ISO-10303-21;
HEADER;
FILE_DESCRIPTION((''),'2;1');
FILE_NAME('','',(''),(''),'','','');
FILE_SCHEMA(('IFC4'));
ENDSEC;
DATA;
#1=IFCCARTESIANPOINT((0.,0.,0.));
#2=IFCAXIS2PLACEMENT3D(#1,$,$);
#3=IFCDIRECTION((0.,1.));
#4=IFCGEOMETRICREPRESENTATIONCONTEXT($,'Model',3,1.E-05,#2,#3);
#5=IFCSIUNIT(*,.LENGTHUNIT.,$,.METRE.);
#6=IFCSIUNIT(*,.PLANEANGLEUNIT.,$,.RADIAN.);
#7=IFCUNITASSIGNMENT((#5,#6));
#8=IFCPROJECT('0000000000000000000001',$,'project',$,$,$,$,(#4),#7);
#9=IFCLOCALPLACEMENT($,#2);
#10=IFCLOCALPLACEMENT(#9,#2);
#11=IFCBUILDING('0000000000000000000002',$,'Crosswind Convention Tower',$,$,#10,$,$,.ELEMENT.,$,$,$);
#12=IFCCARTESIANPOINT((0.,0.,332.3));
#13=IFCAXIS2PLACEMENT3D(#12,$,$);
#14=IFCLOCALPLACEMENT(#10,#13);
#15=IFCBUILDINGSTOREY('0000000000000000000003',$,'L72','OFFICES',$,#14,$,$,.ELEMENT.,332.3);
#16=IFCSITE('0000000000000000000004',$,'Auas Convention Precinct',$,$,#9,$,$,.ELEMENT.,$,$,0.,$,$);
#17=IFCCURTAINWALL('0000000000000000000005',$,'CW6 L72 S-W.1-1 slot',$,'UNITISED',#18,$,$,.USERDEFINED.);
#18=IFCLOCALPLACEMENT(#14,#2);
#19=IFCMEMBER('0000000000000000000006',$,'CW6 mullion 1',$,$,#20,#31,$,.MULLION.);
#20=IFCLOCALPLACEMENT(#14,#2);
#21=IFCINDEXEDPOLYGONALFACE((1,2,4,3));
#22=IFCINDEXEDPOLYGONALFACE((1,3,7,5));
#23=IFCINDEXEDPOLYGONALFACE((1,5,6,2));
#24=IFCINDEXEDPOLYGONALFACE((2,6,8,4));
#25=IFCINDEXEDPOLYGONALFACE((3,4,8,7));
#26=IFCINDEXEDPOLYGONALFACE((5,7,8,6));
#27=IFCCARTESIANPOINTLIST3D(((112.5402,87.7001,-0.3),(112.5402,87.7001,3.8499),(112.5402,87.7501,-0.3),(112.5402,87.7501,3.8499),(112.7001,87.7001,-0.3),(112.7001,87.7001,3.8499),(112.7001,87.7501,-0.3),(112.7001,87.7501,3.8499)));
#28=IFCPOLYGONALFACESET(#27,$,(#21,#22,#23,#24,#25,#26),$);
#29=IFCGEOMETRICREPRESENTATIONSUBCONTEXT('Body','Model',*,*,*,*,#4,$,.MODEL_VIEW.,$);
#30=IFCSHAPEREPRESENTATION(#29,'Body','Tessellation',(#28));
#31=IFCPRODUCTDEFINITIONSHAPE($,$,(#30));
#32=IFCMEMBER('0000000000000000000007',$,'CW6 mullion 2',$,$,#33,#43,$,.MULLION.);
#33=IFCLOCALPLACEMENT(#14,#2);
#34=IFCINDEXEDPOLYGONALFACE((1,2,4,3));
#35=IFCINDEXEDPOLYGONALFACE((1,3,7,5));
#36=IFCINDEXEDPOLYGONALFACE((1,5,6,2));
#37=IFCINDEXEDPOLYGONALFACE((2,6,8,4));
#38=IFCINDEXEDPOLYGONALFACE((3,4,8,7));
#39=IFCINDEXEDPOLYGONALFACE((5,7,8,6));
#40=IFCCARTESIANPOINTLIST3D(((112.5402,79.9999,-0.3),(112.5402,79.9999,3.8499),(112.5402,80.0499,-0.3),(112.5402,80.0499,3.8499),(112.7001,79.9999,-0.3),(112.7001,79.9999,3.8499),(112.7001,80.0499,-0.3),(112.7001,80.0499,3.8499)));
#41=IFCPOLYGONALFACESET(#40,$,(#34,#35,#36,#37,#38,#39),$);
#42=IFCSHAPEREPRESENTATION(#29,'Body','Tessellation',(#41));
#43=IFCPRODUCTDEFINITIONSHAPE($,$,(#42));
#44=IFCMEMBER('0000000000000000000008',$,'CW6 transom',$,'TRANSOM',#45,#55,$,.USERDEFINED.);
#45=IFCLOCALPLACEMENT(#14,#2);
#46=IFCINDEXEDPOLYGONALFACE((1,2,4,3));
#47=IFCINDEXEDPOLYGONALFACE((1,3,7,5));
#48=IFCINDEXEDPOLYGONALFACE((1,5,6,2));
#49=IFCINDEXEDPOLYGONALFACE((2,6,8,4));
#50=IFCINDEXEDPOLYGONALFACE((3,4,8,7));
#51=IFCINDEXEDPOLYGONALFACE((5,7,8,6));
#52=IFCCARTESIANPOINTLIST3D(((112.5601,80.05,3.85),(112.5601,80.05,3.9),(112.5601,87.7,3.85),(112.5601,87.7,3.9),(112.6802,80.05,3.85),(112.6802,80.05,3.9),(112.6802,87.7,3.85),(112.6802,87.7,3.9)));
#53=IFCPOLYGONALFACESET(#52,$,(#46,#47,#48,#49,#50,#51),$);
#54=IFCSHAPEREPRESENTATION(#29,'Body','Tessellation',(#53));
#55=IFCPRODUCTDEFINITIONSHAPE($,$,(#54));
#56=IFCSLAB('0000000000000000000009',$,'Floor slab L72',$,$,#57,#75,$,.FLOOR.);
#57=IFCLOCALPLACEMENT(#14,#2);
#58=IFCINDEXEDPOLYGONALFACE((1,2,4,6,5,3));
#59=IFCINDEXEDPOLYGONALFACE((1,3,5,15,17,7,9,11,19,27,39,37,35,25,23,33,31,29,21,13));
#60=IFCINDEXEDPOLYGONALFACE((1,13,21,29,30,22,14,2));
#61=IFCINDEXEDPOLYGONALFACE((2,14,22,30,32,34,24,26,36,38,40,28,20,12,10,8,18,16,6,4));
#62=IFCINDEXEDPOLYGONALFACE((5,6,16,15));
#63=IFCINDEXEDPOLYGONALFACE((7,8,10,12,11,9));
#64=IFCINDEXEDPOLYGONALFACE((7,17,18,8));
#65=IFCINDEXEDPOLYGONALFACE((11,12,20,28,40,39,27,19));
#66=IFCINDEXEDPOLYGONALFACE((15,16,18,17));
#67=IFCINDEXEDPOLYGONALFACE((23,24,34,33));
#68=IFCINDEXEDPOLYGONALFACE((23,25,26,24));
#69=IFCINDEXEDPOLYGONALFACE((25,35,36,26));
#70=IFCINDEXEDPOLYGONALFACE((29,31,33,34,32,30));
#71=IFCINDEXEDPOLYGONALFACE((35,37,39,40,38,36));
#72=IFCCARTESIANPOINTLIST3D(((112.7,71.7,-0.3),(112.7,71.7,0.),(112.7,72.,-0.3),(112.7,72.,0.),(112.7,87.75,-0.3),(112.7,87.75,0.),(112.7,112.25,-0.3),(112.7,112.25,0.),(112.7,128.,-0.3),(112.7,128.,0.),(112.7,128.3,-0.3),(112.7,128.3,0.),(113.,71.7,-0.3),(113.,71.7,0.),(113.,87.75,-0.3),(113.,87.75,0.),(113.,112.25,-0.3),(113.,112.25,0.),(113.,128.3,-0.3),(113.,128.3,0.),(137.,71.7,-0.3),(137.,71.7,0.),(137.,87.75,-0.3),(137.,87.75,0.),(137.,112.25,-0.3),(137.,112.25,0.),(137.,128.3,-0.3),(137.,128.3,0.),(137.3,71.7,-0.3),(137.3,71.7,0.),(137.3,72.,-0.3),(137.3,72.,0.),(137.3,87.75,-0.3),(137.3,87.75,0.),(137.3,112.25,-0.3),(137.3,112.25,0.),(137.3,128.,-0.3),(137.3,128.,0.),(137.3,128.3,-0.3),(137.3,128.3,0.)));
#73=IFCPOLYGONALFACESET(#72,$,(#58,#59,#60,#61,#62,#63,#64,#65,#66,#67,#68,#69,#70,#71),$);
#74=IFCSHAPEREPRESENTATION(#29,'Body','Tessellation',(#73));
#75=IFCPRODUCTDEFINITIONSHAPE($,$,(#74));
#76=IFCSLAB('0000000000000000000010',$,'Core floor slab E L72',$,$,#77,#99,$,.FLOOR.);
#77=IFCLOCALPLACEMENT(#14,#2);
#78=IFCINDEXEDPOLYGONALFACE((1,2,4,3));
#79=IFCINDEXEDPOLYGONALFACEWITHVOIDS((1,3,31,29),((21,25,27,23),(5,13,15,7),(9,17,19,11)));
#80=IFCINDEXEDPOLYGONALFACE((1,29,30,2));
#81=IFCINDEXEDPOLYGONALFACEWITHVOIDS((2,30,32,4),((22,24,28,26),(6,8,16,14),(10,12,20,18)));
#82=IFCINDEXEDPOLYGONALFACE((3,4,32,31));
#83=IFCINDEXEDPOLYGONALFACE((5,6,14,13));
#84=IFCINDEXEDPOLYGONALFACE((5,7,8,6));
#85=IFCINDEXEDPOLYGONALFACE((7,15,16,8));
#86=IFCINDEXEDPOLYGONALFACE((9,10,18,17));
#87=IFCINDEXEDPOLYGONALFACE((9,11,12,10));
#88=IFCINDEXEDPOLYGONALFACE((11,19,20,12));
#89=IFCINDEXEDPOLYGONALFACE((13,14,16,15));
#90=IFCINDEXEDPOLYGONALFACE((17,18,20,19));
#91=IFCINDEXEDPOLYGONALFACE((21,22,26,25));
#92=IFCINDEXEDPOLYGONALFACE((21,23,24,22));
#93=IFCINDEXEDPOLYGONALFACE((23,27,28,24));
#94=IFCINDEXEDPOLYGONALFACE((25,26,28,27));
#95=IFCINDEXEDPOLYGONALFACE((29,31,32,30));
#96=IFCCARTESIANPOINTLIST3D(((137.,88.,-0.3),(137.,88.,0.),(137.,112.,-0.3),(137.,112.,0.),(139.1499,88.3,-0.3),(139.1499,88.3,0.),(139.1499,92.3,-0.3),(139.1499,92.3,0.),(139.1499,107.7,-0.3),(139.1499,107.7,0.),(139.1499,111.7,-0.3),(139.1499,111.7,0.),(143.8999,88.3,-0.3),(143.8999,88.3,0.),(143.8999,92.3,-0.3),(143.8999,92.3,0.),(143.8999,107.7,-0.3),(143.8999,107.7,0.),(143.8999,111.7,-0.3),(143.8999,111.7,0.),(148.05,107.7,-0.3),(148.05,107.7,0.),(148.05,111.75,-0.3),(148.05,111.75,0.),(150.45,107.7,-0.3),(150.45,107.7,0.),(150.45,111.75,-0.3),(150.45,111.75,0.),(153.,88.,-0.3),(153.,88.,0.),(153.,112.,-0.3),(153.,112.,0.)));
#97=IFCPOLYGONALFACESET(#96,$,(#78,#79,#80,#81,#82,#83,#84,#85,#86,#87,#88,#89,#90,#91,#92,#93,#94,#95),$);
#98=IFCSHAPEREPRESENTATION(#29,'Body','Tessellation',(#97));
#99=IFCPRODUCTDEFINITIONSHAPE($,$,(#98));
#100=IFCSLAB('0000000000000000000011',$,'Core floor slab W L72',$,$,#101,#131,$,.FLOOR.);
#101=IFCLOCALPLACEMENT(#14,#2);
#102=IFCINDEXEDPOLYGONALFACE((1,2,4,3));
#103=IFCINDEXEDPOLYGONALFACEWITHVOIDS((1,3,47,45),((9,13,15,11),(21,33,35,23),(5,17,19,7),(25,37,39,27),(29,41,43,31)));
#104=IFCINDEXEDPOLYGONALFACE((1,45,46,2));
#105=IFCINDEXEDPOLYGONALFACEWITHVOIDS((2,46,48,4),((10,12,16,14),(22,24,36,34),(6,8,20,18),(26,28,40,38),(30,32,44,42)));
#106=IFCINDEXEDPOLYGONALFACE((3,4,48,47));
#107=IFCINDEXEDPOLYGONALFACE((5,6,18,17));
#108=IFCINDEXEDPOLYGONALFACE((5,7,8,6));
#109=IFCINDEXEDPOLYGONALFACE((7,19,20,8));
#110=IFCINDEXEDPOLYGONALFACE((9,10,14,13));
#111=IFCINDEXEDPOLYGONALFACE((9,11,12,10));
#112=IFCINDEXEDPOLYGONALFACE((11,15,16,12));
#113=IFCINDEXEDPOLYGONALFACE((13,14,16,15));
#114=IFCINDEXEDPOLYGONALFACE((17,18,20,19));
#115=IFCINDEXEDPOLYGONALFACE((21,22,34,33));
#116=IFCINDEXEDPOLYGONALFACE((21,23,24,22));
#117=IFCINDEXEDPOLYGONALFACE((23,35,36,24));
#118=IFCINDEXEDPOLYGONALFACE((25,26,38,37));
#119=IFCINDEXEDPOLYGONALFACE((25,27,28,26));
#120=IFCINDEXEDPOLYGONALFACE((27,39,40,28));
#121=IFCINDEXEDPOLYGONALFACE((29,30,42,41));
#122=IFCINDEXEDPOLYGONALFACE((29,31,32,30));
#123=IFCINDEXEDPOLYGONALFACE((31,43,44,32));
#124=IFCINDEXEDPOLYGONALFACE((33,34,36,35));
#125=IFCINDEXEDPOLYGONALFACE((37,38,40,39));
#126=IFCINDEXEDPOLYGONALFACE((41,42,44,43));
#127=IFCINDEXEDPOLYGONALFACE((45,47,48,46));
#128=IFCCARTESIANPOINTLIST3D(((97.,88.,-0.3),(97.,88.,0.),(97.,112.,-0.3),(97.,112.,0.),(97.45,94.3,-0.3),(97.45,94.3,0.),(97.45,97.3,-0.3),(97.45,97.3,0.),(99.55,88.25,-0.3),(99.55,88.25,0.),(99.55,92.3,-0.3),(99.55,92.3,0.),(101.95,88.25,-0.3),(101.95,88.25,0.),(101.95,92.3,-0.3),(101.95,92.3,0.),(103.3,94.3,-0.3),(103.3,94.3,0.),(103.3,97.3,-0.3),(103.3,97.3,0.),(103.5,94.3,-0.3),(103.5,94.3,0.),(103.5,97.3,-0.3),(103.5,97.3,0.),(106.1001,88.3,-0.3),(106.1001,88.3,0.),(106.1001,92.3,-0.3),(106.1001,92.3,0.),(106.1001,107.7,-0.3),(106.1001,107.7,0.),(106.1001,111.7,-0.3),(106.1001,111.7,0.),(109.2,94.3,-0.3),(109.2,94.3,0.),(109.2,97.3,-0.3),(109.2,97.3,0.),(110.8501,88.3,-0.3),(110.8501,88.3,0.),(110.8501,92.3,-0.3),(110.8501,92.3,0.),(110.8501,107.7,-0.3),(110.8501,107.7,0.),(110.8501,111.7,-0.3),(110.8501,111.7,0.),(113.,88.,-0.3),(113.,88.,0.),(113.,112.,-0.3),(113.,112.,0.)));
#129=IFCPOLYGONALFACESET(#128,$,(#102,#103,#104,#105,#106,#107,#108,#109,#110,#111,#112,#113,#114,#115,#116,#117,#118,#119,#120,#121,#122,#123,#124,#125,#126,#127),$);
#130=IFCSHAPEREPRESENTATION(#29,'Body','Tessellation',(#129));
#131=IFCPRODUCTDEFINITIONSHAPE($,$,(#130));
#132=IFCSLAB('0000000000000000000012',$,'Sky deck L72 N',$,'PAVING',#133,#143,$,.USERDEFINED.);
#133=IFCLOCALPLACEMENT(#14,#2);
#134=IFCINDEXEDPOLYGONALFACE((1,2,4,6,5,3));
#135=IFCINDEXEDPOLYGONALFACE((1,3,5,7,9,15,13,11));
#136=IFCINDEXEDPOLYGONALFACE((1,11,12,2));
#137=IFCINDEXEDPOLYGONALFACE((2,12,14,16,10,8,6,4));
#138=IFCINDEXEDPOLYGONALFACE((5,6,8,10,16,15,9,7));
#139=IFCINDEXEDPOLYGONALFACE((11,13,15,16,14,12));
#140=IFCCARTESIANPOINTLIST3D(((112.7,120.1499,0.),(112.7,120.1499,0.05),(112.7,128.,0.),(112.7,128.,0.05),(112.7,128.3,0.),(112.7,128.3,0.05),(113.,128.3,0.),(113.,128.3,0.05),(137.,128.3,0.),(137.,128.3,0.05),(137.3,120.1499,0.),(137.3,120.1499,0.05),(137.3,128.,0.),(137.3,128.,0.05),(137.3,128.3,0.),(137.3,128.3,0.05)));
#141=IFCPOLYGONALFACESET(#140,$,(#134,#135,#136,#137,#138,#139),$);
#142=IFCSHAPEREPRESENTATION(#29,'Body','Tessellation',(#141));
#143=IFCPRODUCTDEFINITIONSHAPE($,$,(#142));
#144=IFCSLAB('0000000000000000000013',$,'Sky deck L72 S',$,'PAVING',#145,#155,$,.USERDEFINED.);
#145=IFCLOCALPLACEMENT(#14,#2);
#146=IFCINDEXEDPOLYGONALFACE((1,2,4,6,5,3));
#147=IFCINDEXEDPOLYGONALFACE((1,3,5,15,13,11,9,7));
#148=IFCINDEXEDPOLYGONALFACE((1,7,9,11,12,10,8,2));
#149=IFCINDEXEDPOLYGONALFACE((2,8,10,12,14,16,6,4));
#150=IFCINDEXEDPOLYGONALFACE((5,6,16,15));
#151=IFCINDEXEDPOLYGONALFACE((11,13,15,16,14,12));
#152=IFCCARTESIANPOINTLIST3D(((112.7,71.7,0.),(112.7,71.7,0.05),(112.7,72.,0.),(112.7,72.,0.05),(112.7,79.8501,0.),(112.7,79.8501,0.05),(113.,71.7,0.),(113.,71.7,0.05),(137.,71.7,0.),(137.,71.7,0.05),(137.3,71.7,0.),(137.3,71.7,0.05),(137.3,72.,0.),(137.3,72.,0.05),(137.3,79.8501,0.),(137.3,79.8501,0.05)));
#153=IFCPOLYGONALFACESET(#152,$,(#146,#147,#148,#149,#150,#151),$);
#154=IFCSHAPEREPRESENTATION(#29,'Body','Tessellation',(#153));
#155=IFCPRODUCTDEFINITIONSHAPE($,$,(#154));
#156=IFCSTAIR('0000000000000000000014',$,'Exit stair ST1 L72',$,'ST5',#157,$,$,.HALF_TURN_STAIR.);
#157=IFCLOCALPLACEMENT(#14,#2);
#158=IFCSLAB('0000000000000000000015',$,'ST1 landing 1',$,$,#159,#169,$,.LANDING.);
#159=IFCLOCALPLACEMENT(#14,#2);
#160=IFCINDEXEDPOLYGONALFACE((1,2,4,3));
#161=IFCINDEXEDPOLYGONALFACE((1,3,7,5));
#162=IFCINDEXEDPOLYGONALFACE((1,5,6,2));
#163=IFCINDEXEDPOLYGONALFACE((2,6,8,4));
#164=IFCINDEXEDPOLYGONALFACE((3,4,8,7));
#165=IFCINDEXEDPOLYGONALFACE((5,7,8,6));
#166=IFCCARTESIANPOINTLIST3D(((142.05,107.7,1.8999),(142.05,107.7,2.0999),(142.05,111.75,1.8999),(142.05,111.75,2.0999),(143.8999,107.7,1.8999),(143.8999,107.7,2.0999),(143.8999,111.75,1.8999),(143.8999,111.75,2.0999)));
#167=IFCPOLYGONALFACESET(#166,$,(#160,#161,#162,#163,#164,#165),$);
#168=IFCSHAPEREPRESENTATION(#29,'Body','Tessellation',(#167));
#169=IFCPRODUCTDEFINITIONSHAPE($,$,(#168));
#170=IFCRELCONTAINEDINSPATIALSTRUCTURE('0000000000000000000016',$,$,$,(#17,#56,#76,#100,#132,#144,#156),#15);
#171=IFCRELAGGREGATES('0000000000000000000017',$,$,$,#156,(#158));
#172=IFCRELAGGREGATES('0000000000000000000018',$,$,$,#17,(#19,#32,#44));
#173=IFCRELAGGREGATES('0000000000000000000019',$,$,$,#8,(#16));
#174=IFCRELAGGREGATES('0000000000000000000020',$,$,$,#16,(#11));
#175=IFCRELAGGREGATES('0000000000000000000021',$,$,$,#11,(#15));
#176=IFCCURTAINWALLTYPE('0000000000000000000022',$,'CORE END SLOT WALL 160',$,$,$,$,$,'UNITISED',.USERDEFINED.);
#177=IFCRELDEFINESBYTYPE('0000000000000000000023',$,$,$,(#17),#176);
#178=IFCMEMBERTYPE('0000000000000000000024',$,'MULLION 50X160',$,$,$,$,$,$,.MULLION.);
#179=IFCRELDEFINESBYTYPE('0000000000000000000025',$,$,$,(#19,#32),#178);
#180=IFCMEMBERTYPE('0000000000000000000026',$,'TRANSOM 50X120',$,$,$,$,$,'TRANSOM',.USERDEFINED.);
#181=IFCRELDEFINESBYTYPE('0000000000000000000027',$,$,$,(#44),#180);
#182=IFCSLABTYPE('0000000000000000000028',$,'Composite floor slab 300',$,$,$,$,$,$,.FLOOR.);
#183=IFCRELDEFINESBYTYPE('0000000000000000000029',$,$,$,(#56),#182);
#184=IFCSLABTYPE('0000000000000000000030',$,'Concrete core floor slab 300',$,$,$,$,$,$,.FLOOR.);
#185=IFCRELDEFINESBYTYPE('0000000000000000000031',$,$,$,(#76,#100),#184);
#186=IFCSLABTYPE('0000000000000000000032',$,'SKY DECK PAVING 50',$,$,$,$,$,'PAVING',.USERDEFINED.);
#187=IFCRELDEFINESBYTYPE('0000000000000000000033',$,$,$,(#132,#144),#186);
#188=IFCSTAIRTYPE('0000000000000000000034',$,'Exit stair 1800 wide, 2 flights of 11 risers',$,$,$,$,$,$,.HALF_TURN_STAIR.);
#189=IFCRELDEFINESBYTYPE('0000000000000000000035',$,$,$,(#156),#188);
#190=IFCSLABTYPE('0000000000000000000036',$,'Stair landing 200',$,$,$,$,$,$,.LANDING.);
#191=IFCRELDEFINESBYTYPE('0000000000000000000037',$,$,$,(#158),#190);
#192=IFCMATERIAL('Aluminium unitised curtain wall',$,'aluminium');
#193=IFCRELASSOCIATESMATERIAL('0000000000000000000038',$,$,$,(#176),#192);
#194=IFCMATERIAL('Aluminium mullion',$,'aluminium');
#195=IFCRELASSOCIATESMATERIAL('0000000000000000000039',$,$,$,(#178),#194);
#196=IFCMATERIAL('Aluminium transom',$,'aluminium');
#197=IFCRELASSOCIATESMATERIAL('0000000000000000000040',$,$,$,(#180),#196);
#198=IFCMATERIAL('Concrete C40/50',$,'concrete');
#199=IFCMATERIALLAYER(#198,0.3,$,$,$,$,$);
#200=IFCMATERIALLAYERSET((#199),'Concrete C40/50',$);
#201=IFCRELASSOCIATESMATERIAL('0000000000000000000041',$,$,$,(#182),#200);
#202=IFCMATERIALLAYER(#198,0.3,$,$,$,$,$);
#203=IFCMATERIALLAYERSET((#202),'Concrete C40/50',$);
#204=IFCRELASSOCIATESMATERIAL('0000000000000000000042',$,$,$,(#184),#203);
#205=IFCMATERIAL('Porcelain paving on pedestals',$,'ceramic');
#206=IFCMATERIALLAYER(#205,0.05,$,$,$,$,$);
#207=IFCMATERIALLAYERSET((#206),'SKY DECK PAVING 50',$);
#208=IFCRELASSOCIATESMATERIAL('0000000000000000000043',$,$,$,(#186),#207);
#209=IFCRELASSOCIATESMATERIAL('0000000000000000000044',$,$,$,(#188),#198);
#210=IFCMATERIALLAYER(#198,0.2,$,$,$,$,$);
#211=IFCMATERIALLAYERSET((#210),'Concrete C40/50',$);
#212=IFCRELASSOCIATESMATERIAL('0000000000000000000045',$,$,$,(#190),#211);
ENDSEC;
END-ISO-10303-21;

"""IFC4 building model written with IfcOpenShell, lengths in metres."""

from ifc_helpers import new_model, si_unit, direction, frame, origin, origin_2d, place, context, subcontext, project, spatial, polyline, rectangle, outline, extrude, material, layer, layer_set, material_profile, profile_set, type_object, element, aggregate, save


model = new_model("IFC4")

# Units and contexts
model_context = context("Model", 3, precision=1e-05, world=origin(), true_north=direction((0.0, 1.0)))
body_context = subcontext(model_context, "Body", "Model", "MODEL_VIEW")
ifc_project = project(units=[si_unit("LENGTHUNIT", "METRE"), si_unit("PLANEANGLEUNIT", "RADIAN")], contexts=[model_context])

# Site, building, storey
site_placement = place(None, origin())
site = spatial("IfcSite", under=ifc_project, at=site_placement, Name="Auas Convention Precinct", CompositionType="ELEMENT", RefElevation=0.0)
building_placement = place(site_placement, origin())
building = spatial("IfcBuilding", under=site, at=building_placement, Name="Crosswind Convention Tower", CompositionType="ELEMENT")
storey_placement = place(building_placement, frame((0.0, 0.0, 332.3)))
storey = spatial("IfcBuildingStorey", under=building, at=storey_placement, Name="L72", Description="OFFICES", CompositionType="ELEMENT", Elevation=332.3)

# Curtain wall, members
ifc_material_1 = material(Name="Aluminium unitised curtain wall", Category="aluminium")
curtain_wall_type = type_object("IfcCurtainWallType", Name="CORE END SLOT WALL 160", ElementType="UNITISED", PredefinedType="USERDEFINED", material=ifc_material_1)
curtain_wall_placement = place(storey_placement, origin())
curtain_wall = element("IfcCurtainWall", 1, at=curtain_wall_placement, inside=storey, type_object=curtain_wall_type, Name="CW6 L72 S-W.1-1 slot", ObjectType="UNITISED", PredefinedType="USERDEFINED")
ifc_material_2 = material(Name="Aluminium mullion", Category="aluminium")
ifc_material_profile_1 = material_profile(ifc_material_2, rectangle(XDim=0.1599, YDim=0.05, at=origin_2d()), Name="AL 160X50")
ifc_profile_set_1 = profile_set([ifc_material_profile_1], Name="Aluminium mullion")
member_type_1 = type_object("IfcMemberType", Name="MULLION 50X160", PredefinedType="MULLION", material=ifc_profile_set_1)
member_1_placement = place(storey_placement, frame((112.6201, 87.7251, -0.3), z_axis=(0.0, 0.0, 1.0), x_axis=(-1.0, 0.0, 0.0)))
member_1 = element("IfcMember", 2, at=member_1_placement, type_object=member_type_1, Name="CW6 mullion 1", PredefinedType="MULLION", context=body_context, shape_type="SweptSolid", body=[
    extrude(rectangle(XDim=0.1599, YDim=0.05, at=origin_2d()), origin(), (0.0, 0.0, 1.0), 4.1499),
])
member_2_placement = place(storey_placement, frame((112.6201, 80.0249, -0.3), z_axis=(0.0, 0.0, 1.0), x_axis=(-1.0, 0.0, 0.0)))
member_2 = element("IfcMember", 3, at=member_2_placement, type_object=member_type_1, Name="CW6 mullion 2", PredefinedType="MULLION", context=body_context, shape_type="SweptSolid", body=[
    extrude(rectangle(XDim=0.1599, YDim=0.05, at=origin_2d()), origin(), (0.0, 0.0, 1.0), 4.1499),
])
ifc_material_3 = material(Name="Aluminium transom", Category="aluminium")
ifc_material_profile_2 = material_profile(ifc_material_3, rectangle(XDim=0.1201, YDim=0.05, at=origin_2d()), Name="AL 120X50")
ifc_profile_set_2 = profile_set([ifc_material_profile_2], Name="Aluminium transom")
member_type_2 = type_object("IfcMemberType", Name="TRANSOM 50X120", ElementType="TRANSOM", PredefinedType="USERDEFINED", material=ifc_profile_set_2)
member_3_placement = place(storey_placement, frame((112.6201, 87.7, 3.875), z_axis=(0.0, -1.0, 0.0), x_axis=(1.0, 0.0, 0.0)))
member_3 = element("IfcMember", 4, at=member_3_placement, type_object=member_type_2, Name="CW6 transom", ObjectType="TRANSOM", PredefinedType="USERDEFINED", context=body_context, shape_type="SweptSolid", body=[
    extrude(rectangle(XDim=0.1201, YDim=0.05, at=origin_2d()), origin(), (0.0, 0.0, 1.0), 7.6499),
])

# Slabs
ifc_material_4 = material(Name="Concrete C40/50", Category="concrete")
ifc_layer_1 = layer(ifc_material_4, 0.3)
ifc_layer_set_1 = layer_set([ifc_layer_1], Name="Concrete C40/50")
slab_type_1 = type_object("IfcSlabType", Name="Composite floor slab 300", PredefinedType="FLOOR", material=ifc_layer_set_1)
slab_1_placement = place(storey_placement, frame((0.0, 0.0, -0.3)))
element("IfcSlab", 5, at=slab_1_placement, inside=storey, type_object=slab_type_1, Name="Floor slab L72", PredefinedType="FLOOR", context=body_context, shape_type="SweptSolid", body=[
    extrude(outline(polyline([(137.3, 71.7), (137.0, 71.7), (113.0, 71.7), (112.7, 71.7), (112.7, 72.0), (112.7, 87.75), (113.0, 87.75), (113.0, 112.25), (112.7, 112.25), (112.7, 128.0), (112.7, 128.3), (113.0, 128.3), (137.0, 128.3), (137.3, 128.3), (137.3, 128.0), (137.3, 112.25), (137.0, 112.25), (137.0, 87.75), (137.3, 87.75), (137.3, 72.0), (137.3, 71.7)])), origin(), (0.0, 0.0, 1.0), 0.3),
])
ifc_layer_2 = layer(ifc_material_4, 0.3)
ifc_layer_set_2 = layer_set([ifc_layer_2], Name="Concrete C40/50")
slab_type_2 = type_object("IfcSlabType", Name="Concrete core floor slab 300", PredefinedType="FLOOR", material=ifc_layer_set_2)
slab_2_placement = place(storey_placement, frame((0.0, 0.0, -0.3)))
element("IfcSlab", 6, at=slab_2_placement, inside=storey, type_object=slab_type_2, Name="Core floor slab E L72", PredefinedType="FLOOR", context=body_context, shape_type="SweptSolid", body=[
    extrude(outline(polyline([(137.0, 88.0), (153.0, 88.0), (153.0, 112.0), (137.0, 112.0), (137.0, 88.0)]), holes=[polyline([(150.45, 107.7), (150.45, 111.75), (148.05, 111.75), (148.05, 107.7), (150.45, 107.7)]), polyline([(143.8999, 107.7), (143.8999, 111.7), (139.1499, 111.7), (139.1499, 107.7), (143.8999, 107.7)]), polyline([(143.8999, 88.3), (143.8999, 92.3), (139.1499, 92.3), (139.1499, 88.3), (143.8999, 88.3)])]), origin(), (0.0, 0.0, 1.0), 0.3),
])
slab_3_placement = place(storey_placement, frame((0.0, 0.0, -0.3)))
element("IfcSlab", 7, at=slab_3_placement, inside=storey, type_object=slab_type_2, Name="Core floor slab W L72", PredefinedType="FLOOR", context=body_context, shape_type="SweptSolid", body=[
    extrude(outline(polyline([(97.0, 88.0), (113.0, 88.0), (113.0, 112.0), (97.0, 112.0), (97.0, 88.0)]), holes=[polyline([(109.2, 94.3), (109.2, 97.3), (103.5, 97.3), (103.5, 94.3), (109.2, 94.3)]), polyline([(103.3, 94.3), (103.3, 97.3), (97.45, 97.3), (97.45, 94.3), (103.3, 94.3)]), polyline([(101.95, 88.25), (101.95, 92.3), (99.55, 92.3), (99.55, 88.25), (101.95, 88.25)]), polyline([(110.8501, 88.3), (110.8501, 92.3), (106.1001, 92.3), (106.1001, 88.3), (110.8501, 88.3)]), polyline([(110.8501, 107.7), (110.8501, 111.7), (106.1001, 111.7), (106.1001, 107.7), (110.8501, 107.7)])]), origin(), (0.0, 0.0, 1.0), 0.3),
])
ifc_material_5 = material(Name="Porcelain paving on pedestals", Category="ceramic")
ifc_layer_3 = layer(ifc_material_5, 0.05)
ifc_layer_set_3 = layer_set([ifc_layer_3], Name="SKY DECK PAVING 50")
slab_type_3 = type_object("IfcSlabType", Name="SKY DECK PAVING 50", ElementType="PAVING", PredefinedType="USERDEFINED", material=ifc_layer_set_3)
slab_4_placement = place(storey_placement, origin())
element("IfcSlab", 8, at=slab_4_placement, inside=storey, type_object=slab_type_3, Name="Sky deck L72 N", ObjectType="PAVING", PredefinedType="USERDEFINED", context=body_context, shape_type="SweptSolid", body=[
    extrude(outline(polyline([(112.7, 128.0), (112.7, 128.3), (113.0, 128.3), (137.0, 128.3), (137.3, 128.3), (137.3, 128.0), (137.3, 120.1499), (112.7, 120.1499), (112.7, 128.0)])), origin(), (0.0, 0.0, 1.0), 0.05),
])
slab_5_placement = place(storey_placement, origin())
element("IfcSlab", 9, at=slab_5_placement, inside=storey, type_object=slab_type_3, Name="Sky deck L72 S", ObjectType="PAVING", PredefinedType="USERDEFINED", context=body_context, shape_type="SweptSolid", body=[
    extrude(outline(polyline([(137.3, 71.7), (137.0, 71.7), (113.0, 71.7), (112.7, 71.7), (112.7, 72.0), (112.7, 79.8501), (137.3, 79.8501), (137.3, 72.0), (137.3, 71.7)])), origin(), (0.0, 0.0, 1.0), 0.05),
])

# Stair, slab
stair_type = type_object("IfcStairType", Name="Exit stair 1800 wide, 2 flights of 11 risers", PredefinedType="HALF_TURN_STAIR", material=ifc_material_4)
stair_1_placement = place(storey_placement, origin())
stair_1 = element("IfcStair", 10, at=stair_1_placement, inside=storey, type_object=stair_type, Name="Exit stair ST1 L72", ObjectType="ST5", PredefinedType="HALF_TURN_STAIR")
ifc_layer_4 = layer(ifc_material_4, 0.2)
ifc_layer_set_4 = layer_set([ifc_layer_4], Name="Concrete C40/50")
slab_type_4 = type_object("IfcSlabType", Name="Stair landing 200", PredefinedType="LANDING", material=ifc_layer_set_4)
slab_6_placement = place(storey_placement, frame((0.0, 0.0, 1.8999)))
slab_6 = element("IfcSlab", 11, at=slab_6_placement, type_object=slab_type_4, Name="ST1 landing 1", PredefinedType="LANDING", context=body_context, shape_type="SweptSolid", body=[
    extrude(outline(polyline([(143.8999, 107.7), (143.8999, 111.75), (142.05, 111.75), (142.05, 107.7), (143.8999, 107.7)])), origin(), (0.0, 0.0, 1.0), 0.2),
])
aggregate(stair_1, [slab_6])

aggregate(curtain_wall, [member_1, member_2, member_3])

save(model, "model.ifc")
